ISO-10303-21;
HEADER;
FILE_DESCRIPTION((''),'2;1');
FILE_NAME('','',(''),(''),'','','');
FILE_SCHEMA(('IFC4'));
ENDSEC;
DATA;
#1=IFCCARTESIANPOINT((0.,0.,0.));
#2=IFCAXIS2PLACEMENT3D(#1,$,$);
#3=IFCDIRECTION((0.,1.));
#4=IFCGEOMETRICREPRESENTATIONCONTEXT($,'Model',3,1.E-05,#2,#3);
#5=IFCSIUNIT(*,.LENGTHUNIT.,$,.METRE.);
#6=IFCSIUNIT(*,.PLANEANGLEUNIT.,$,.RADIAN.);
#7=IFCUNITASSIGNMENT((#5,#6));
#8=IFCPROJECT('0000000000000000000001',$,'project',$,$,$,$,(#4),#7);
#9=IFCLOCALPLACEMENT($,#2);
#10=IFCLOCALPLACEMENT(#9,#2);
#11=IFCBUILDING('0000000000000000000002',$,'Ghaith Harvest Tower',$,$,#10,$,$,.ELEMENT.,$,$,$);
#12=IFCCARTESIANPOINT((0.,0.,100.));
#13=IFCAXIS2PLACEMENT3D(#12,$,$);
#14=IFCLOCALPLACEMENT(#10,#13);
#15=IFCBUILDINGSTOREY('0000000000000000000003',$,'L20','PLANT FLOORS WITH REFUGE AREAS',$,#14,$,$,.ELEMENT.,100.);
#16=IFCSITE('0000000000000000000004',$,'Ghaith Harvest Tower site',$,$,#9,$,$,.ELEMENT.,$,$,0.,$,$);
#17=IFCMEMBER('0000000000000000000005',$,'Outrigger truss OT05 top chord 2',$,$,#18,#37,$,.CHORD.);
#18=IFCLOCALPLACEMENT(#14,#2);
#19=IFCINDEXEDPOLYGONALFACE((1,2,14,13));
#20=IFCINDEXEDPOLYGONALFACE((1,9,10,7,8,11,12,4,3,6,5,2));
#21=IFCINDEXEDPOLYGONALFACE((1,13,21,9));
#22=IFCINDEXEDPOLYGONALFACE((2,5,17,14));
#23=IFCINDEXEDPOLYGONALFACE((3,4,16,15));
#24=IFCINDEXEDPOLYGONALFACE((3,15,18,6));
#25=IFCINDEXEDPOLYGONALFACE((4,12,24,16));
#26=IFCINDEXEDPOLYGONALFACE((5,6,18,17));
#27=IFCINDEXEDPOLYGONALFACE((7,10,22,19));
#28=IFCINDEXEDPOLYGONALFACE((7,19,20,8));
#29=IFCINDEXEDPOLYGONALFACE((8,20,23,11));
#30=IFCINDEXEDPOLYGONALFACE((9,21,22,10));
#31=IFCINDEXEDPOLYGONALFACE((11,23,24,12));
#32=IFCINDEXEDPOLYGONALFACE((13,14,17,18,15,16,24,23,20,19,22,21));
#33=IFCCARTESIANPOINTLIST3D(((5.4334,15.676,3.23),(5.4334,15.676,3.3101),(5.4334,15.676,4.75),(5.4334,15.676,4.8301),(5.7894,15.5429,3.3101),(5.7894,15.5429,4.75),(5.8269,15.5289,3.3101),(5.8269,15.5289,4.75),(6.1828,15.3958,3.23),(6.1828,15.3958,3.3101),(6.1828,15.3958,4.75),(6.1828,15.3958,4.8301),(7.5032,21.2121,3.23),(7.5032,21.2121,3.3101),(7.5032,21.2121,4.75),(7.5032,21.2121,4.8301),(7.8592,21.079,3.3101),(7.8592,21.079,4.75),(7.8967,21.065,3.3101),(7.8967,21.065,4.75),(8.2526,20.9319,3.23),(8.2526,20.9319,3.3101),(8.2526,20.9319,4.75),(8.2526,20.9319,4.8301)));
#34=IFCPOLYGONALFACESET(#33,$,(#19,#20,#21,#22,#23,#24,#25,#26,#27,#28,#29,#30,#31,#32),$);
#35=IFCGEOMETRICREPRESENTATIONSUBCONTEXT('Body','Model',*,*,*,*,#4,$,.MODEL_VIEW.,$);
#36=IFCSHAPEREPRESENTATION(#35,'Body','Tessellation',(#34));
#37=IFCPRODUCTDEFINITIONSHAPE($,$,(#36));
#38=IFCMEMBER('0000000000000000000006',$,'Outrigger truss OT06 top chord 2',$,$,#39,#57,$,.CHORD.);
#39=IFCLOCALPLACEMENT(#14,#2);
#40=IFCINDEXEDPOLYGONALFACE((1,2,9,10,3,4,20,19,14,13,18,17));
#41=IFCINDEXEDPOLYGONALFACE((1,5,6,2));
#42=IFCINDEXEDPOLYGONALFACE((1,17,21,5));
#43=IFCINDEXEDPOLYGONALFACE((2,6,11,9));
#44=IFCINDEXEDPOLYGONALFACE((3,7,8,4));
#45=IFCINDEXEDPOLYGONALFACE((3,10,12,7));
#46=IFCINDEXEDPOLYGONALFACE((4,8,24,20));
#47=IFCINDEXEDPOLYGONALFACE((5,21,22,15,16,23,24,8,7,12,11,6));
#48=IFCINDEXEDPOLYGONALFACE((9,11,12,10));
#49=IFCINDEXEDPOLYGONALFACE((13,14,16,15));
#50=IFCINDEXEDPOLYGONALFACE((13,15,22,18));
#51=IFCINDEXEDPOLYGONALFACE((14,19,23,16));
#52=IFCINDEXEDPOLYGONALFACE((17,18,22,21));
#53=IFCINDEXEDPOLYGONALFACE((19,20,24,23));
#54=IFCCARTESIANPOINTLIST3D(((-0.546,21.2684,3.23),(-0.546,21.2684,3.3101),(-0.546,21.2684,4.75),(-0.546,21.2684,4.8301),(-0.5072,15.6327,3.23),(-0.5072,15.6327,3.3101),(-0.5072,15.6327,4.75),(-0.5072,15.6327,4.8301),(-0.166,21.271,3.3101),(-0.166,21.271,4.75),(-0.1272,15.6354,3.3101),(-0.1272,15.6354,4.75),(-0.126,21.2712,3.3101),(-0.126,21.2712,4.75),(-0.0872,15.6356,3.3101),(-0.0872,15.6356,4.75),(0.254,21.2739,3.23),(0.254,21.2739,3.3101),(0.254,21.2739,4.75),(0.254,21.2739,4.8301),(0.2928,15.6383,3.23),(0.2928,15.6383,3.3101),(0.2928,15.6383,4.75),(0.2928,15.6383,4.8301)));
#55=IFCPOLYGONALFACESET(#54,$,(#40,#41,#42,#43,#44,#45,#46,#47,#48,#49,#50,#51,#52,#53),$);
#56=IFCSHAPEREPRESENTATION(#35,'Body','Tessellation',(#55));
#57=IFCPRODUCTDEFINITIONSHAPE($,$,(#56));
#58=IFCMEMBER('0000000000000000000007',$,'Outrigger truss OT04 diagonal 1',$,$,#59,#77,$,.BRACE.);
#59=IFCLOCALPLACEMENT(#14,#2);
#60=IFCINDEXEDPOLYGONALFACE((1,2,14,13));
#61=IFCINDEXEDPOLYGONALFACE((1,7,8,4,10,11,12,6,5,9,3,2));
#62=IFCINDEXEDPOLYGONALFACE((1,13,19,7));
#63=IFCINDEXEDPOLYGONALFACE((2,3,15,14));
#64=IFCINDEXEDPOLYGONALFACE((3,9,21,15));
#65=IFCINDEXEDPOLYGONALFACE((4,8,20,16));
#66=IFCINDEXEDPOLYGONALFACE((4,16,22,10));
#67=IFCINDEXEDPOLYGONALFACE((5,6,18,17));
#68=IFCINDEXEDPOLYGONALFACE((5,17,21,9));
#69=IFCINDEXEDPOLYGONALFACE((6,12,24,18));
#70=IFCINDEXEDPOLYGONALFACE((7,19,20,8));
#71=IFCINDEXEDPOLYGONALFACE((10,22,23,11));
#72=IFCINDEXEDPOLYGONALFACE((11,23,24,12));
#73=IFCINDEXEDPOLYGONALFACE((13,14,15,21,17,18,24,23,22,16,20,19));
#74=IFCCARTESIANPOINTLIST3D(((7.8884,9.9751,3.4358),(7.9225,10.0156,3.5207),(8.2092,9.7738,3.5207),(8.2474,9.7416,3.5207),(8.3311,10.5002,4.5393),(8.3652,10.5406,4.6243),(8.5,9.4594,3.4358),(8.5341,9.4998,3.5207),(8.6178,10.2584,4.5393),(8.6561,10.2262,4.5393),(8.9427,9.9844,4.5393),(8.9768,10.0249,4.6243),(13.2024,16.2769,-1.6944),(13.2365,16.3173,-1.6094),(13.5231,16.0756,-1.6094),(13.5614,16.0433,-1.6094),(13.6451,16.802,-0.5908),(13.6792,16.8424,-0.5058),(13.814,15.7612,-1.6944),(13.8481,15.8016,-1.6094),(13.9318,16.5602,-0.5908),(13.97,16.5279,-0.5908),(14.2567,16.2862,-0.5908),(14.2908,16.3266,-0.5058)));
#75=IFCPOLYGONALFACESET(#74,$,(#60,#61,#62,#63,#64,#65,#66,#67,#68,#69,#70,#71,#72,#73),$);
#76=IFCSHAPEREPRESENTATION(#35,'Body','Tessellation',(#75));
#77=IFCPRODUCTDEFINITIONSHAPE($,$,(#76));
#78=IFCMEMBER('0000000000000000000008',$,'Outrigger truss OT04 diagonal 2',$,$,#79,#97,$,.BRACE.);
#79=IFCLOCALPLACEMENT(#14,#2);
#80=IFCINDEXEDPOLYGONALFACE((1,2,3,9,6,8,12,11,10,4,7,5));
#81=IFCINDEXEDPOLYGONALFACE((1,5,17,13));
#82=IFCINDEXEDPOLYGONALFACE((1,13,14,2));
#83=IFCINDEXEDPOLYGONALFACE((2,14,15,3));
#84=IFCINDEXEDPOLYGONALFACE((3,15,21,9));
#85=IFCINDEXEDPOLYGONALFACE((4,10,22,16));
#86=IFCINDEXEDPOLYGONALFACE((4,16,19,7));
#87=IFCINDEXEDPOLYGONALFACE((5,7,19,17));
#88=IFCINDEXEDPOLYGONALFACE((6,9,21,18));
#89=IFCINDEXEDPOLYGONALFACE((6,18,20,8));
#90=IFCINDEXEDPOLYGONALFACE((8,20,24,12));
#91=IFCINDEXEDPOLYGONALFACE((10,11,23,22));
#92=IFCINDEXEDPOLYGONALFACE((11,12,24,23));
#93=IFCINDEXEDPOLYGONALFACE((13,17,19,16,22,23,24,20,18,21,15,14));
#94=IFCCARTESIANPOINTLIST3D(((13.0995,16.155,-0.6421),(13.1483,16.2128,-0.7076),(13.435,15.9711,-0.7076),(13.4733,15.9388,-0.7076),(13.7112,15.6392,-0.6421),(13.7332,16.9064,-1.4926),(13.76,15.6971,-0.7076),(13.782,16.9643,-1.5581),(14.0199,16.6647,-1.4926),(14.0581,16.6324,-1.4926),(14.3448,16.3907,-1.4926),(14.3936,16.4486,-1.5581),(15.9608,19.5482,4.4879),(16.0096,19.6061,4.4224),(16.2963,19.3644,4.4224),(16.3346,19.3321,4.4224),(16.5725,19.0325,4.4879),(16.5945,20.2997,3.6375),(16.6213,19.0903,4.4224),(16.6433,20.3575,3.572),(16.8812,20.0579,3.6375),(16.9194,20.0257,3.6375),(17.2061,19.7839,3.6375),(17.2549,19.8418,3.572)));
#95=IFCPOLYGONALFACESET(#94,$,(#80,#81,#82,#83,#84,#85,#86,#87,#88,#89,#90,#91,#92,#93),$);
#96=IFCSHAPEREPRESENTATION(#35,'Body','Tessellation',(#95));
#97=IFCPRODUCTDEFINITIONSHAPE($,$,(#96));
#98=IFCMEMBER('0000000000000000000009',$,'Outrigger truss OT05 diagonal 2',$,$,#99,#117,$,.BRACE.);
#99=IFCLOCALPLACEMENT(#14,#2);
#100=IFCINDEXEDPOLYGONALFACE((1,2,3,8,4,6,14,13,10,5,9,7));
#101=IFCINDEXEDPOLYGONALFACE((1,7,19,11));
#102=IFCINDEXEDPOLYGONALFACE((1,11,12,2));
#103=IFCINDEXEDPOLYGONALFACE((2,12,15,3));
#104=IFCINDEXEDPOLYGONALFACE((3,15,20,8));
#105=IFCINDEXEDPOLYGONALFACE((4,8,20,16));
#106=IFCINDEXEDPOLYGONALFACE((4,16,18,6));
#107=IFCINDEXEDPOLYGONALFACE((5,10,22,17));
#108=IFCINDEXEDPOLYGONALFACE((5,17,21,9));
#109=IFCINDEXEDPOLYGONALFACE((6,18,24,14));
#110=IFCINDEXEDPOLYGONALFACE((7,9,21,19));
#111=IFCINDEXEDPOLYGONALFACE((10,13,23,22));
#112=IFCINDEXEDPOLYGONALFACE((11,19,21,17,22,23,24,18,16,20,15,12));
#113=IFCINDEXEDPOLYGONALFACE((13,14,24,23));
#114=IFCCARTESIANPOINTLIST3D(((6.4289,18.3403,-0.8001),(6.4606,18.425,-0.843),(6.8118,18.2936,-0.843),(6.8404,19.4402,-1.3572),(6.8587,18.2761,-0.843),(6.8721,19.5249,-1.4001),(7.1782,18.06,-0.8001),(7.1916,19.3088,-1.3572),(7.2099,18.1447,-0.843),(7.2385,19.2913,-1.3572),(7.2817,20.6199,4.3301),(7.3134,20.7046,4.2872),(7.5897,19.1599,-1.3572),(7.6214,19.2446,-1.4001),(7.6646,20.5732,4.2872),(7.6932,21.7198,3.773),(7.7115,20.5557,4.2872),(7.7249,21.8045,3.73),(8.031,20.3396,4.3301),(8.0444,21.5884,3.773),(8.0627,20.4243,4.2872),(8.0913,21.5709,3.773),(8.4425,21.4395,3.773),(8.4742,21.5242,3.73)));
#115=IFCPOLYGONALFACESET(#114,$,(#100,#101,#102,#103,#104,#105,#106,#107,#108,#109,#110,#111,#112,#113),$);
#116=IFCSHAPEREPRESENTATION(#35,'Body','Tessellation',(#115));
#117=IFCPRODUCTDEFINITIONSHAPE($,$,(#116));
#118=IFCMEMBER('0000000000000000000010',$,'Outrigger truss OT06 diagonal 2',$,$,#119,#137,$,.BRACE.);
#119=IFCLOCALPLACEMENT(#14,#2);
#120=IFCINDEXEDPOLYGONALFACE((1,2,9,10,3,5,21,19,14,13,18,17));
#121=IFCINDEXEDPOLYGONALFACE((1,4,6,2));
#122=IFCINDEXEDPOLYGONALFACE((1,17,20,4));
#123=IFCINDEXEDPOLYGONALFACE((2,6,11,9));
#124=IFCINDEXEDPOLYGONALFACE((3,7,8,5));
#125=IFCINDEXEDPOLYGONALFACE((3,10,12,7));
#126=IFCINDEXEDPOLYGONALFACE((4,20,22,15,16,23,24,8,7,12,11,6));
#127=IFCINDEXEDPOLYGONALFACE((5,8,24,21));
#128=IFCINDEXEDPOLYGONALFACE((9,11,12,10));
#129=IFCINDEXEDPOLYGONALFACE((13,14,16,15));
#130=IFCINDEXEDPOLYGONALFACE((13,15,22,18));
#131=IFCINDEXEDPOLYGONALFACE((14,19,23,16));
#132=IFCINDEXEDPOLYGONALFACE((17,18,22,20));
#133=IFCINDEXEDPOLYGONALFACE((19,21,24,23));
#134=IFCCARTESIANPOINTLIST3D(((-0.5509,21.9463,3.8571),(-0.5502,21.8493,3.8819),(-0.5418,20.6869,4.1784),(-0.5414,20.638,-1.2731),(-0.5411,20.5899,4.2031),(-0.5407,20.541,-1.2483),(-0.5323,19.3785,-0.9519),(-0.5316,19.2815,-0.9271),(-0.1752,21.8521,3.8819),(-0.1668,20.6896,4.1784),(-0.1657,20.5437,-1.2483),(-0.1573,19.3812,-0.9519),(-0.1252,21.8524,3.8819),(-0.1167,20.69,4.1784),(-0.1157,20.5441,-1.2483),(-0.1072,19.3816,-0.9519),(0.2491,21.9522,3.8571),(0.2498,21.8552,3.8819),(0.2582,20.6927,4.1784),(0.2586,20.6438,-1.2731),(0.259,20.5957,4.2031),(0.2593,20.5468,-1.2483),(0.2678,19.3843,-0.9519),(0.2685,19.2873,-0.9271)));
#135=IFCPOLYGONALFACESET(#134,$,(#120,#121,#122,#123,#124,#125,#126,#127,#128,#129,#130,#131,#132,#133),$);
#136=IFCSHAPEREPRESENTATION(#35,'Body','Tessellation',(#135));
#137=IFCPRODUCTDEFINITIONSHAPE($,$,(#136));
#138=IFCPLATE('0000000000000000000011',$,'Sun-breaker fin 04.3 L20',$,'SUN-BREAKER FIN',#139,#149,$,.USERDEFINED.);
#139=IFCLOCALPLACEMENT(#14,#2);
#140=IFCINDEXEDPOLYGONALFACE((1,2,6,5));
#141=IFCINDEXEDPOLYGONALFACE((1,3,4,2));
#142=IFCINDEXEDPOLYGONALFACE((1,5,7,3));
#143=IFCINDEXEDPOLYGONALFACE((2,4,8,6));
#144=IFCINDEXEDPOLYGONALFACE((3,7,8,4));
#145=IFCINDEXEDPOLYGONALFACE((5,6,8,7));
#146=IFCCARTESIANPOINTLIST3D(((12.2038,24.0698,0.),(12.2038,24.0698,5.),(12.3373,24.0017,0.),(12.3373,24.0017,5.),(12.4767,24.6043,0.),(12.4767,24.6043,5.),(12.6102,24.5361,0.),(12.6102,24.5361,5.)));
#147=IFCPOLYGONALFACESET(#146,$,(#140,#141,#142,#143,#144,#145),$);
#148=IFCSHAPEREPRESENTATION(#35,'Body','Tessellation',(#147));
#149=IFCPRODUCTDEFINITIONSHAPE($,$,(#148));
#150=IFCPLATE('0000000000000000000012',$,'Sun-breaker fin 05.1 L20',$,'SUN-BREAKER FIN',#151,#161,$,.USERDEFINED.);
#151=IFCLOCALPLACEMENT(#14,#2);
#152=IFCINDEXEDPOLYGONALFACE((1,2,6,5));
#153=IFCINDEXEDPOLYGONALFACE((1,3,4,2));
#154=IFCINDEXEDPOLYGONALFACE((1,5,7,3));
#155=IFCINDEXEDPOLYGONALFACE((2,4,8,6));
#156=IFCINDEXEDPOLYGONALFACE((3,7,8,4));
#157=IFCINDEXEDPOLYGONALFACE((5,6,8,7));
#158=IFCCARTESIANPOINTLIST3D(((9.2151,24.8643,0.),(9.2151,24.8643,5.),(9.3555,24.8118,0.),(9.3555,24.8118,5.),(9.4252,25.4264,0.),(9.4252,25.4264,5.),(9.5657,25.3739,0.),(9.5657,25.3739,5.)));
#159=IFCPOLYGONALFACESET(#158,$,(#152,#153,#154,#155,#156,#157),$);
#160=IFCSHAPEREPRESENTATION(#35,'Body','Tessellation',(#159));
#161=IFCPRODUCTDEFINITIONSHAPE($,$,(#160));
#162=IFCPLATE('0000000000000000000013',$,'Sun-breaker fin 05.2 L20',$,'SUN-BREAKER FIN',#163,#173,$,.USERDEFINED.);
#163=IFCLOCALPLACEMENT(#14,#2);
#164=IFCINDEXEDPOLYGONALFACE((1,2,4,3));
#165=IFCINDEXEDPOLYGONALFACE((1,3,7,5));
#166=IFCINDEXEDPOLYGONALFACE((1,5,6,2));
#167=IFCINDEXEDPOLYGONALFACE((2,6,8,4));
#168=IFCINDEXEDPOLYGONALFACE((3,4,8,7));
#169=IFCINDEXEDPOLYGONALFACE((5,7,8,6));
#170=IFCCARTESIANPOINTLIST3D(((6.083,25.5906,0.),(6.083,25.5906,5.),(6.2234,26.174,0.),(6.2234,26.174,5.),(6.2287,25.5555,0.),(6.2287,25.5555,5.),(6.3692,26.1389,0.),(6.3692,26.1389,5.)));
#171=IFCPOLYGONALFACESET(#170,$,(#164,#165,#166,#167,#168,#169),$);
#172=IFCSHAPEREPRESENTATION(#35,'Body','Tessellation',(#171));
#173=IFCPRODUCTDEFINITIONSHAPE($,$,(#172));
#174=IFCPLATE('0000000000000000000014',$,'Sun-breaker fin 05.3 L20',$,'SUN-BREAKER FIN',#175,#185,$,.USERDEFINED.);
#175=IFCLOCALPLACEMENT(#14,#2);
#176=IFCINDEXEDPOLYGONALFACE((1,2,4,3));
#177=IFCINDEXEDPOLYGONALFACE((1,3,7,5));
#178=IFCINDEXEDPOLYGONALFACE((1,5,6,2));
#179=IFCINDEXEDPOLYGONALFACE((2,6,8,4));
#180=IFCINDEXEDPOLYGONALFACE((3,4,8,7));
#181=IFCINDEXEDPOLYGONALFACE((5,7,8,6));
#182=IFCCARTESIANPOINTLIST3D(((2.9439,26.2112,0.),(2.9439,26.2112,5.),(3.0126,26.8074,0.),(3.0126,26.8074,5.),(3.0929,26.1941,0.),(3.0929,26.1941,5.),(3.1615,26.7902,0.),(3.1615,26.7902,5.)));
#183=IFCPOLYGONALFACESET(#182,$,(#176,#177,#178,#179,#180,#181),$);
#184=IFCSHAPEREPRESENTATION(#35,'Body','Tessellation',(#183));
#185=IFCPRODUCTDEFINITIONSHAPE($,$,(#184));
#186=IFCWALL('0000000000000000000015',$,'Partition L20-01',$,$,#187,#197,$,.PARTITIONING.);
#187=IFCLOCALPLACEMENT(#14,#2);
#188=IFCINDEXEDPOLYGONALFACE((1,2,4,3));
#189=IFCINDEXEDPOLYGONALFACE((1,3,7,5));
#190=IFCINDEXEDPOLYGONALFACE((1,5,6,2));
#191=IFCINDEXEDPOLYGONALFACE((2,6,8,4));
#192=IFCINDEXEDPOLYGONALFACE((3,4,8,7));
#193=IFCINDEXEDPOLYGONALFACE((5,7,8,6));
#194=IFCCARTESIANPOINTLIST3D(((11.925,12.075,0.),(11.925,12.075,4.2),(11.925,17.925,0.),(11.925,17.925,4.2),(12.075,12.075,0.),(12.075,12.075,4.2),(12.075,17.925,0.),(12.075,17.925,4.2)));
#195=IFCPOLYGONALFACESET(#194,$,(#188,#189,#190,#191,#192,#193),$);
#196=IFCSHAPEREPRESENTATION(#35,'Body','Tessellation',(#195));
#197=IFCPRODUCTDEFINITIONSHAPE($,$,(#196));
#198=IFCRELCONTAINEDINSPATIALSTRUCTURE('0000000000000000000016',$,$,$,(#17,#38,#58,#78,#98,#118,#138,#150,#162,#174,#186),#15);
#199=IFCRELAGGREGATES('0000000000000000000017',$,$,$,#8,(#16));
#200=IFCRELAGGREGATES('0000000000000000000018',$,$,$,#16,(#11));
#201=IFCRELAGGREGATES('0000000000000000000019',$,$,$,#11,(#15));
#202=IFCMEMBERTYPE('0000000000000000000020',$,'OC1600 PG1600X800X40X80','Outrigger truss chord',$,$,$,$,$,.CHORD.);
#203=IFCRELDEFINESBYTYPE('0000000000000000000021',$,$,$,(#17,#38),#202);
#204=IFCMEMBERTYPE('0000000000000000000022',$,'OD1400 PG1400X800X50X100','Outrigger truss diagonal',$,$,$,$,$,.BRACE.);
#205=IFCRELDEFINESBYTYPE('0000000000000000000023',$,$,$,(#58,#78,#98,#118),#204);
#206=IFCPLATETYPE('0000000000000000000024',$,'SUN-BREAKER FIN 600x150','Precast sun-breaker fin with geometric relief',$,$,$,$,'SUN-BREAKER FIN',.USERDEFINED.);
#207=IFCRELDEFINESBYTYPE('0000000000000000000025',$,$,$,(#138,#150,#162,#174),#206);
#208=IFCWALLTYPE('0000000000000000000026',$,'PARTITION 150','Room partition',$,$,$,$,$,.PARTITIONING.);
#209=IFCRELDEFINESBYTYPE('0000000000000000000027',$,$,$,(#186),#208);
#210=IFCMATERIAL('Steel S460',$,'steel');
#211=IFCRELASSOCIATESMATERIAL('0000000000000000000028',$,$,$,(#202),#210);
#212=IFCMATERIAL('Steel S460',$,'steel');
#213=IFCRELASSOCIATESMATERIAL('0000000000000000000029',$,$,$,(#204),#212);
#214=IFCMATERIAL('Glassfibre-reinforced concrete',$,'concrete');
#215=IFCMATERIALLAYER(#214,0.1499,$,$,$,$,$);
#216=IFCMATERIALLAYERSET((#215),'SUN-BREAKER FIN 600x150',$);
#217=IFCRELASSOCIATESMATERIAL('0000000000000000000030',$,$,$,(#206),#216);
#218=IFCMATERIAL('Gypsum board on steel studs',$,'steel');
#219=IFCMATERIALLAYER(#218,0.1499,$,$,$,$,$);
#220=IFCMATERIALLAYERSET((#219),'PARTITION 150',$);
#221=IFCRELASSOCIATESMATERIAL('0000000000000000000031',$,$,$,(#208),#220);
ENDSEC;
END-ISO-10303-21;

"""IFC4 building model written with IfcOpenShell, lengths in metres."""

from ifc_helpers import new_model, si_unit, direction, frame, frame_2d, origin, origin_2d, place, context, subcontext, project, spatial, rectangle, i_section, extrude, material, layer, layer_set, material_profile, profile_set, type_object, element, save


model = new_model("IFC4")

# Units and contexts
model_context = context("Model", 3, precision=1e-05, world=origin(), true_north=direction((0.0, 1.0)))
body_context = subcontext(model_context, "Body", "Model", "MODEL_VIEW")
ifc_project = project(units=[si_unit("LENGTHUNIT", "METRE"), si_unit("PLANEANGLEUNIT", "RADIAN")], contexts=[model_context])

# Site, building, storey
site_placement = place(None, origin())
site = spatial("IfcSite", under=ifc_project, at=site_placement, Name="Ghaith Harvest Tower site", CompositionType="ELEMENT", RefElevation=0.0)
building_placement = place(site_placement, origin())
building = spatial("IfcBuilding", under=site, at=building_placement, Name="Ghaith Harvest Tower", CompositionType="ELEMENT")
storey_placement = place(building_placement, frame((0.0, 0.0, 100.0)))
storey = spatial("IfcBuildingStorey", under=building, at=storey_placement, Name="L20", Description="PLANT FLOORS WITH REFUGE AREAS", CompositionType="ELEMENT", Elevation=100.0)

# Members
ifc_material_1 = material(Name="Steel S460", Category="steel")
ifc_material_profile_1 = material_profile(ifc_material_1, i_section(OverallWidth=0.8, OverallDepth=1.6001, WebThickness=0.04, FlangeThickness=0.0801, at=origin_2d()), Name="PG1600X800X40X80")
ifc_profile_set_1 = profile_set([ifc_material_profile_1], Name="Steel S460")
member_type_1 = type_object("IfcMemberType", Name="OC1600 PG1600X800X40X80", Description="Outrigger truss chord", PredefinedType="CHORD", material=ifc_profile_set_1)
member_1_placement = place(storey_placement, frame((5.8081, 15.5359, 4.03), z_axis=(0.3502, 0.936675, 0.0), x_axis=(-0.936675, 0.3502, 0.0)))
element("IfcMember", 1, at=member_1_placement, inside=storey, type_object=member_type_1, Name="Outrigger truss OT05 top chord 2", PredefinedType="CHORD", context=body_context, shape_type="SweptSolid", body=[
    extrude(i_section(OverallWidth=0.8, OverallDepth=1.6001, WebThickness=0.04, FlangeThickness=0.0801, at=origin_2d()), origin(), (0.0, 0.0, 1.0), 5.9104),
])
member_2_placement = place(storey_placement, frame((-0.1072, 15.6355, 4.03), z_axis=(-0.006888, 0.999976, 0.0), x_axis=(-0.999976, -0.006888, 0.0)))
element("IfcMember", 2, at=member_2_placement, inside=storey, type_object=member_type_1, Name="Outrigger truss OT06 top chord 2", PredefinedType="CHORD", context=body_context, shape_type="SweptSolid", body=[
    extrude(i_section(OverallWidth=0.8, OverallDepth=1.6001, WebThickness=0.04, FlangeThickness=0.0801, at=origin_2d()), origin(), (0.0, 0.0, 1.0), 5.6357),
])
ifc_material_2 = material(Name="Steel S460", Category="steel")
ifc_material_profile_2 = material_profile(ifc_material_2, i_section(OverallWidth=0.8, OverallDepth=1.3999, WebThickness=0.05, FlangeThickness=0.1001, at=origin_2d()), Name="PG1400X800X50X100")
ifc_profile_set_2 = profile_set([ifc_material_profile_2], Name="Steel S460")
member_type_2 = type_object("IfcMemberType", Name="OD1400 PG1400X800X50X100", Description="Outrigger truss diagonal", PredefinedType="BRACE", material=ifc_profile_set_2)
member_3_placement = place(storey_placement, frame((8.4326, 10.0, 4.03), z_axis=(0.547312, 0.64905, -0.528378), x_axis=(-0.764479, 0.644648, 0.0)))
element("IfcMember", 3, at=member_3_placement, inside=storey, type_object=member_type_2, Name="Outrigger truss OT04 diagonal 1", PredefinedType="BRACE", context=body_context, shape_type="SweptSolid", body=[
    extrude(i_section(OverallWidth=0.8, OverallDepth=1.3999, WebThickness=0.05, FlangeThickness=0.1001, at=origin_2d()), origin(), (0.0, 0.0, 1.0), 9.7092),
])
member_4_placement = place(storey_placement, frame((13.7466, 16.3018, -1.1001), z_axis=(0.421788, 0.500208, 0.756232), x_axis=(-0.764489, 0.644637, 0.0)))
element("IfcMember", 4, at=member_4_placement, inside=storey, type_object=member_type_2, Name="Outrigger truss OT04 diagonal 2", PredefinedType="BRACE", context=body_context, shape_type="SweptSolid", body=[
    extrude(i_section(OverallWidth=0.8, OverallDepth=1.3999, WebThickness=0.05, FlangeThickness=0.1001, at=origin_2d()), origin(), (0.0, 0.0, 1.0), 6.7837),
])
member_5_placement = place(storey_placement, frame((7.0251, 18.7925, -1.1001), z_axis=(0.150186, 0.401456, 0.903481), x_axis=(-0.936605, 0.350387, 0.0)))
element("IfcMember", 5, at=member_5_placement, inside=storey, type_object=member_type_2, Name="Outrigger truss OT05 diagonal 2", PredefinedType="BRACE", context=body_context, shape_type="SweptSolid", body=[
    extrude(i_section(OverallWidth=0.8, OverallDepth=1.3999, WebThickness=0.05, FlangeThickness=0.1001, at=origin_2d()), origin(), (0.0, 0.0, 1.0), 5.6782),
])
member_6_placement = place(storey_placement, frame((-0.1365, 19.9626, -1.1001), z_axis=(-0.001798, 0.247122, 0.968983), x_axis=(-0.999974, -0.007277, 0.0)))
element("IfcMember", 6, at=member_6_placement, inside=storey, type_object=member_type_2, Name="Outrigger truss OT06 diagonal 2", PredefinedType="BRACE", context=body_context, shape_type="SweptSolid", body=[
    extrude(i_section(OverallWidth=0.8, OverallDepth=1.3999, WebThickness=0.05, FlangeThickness=0.1001, at=origin_2d()), origin(), (0.0, 0.0, 1.0), 5.2944),
])

# Plates
ifc_material_3 = material(Name="Glassfibre-reinforced concrete", Category="concrete")
ifc_layer_1 = layer(ifc_material_3, 0.1499)
ifc_layer_set_1 = layer_set([ifc_layer_1], Name="SUN-BREAKER FIN 600x150")
plate_type = type_object("IfcPlateType", Name="SUN-BREAKER FIN 600x150", Description="Precast sun-breaker fin with geometric relief", ElementType="SUN-BREAKER FIN", PredefinedType="USERDEFINED", material=ifc_layer_set_1)
for number, where, z_axis, x_axis, name in (
    (7, (12.407, 24.303, 0.0), (0.0, 0.0, 1.0), (0.454691, 0.890649, 0.0), "Sun-breaker fin 04.3 L20"),
    (8, (9.3904, 25.1191, 0.0), (0.0, 0.0, 1.0), (0.350168, 0.936687, 0.0), "Sun-breaker fin 05.1 L20"),
    (9, (6.2261, 25.8647, 0.0), (0.0, 0.0, 1.0), (0.234028, 0.97223, 0.0), "Sun-breaker fin 05.2 L20"),
    (10, (3.0527, 26.5007, 0.0), (0.0, 0.0, 1.0), (0.114436, 0.993431, 0.0), "Sun-breaker fin 05.3 L20"),
):
    element("IfcPlate", number, at=place(storey_placement, frame(where, z_axis=z_axis, x_axis=x_axis)), inside=storey, type_object=plate_type, Name=name, ObjectType="SUN-BREAKER FIN", PredefinedType="USERDEFINED", context=body_context, shape_type="SweptSolid", body=[
        extrude(rectangle(XDim=0.6001, YDim=0.1499, at=origin_2d()), origin(), (0.0, 0.0, 1.0), 5.0),
    ])

# Wall
ifc_material_4 = material(Name="Gypsum board on steel studs", Category="steel")
ifc_layer_2 = layer(ifc_material_4, 0.1499)
ifc_layer_set_2 = layer_set([ifc_layer_2], Name="PARTITION 150")
wall_type_1 = type_object("IfcWallType", Name="PARTITION 150", Description="Room partition", PredefinedType="PARTITIONING", material=ifc_layer_set_2)
wall_1_placement = place(storey_placement, frame((12.0, 12.075, 0.0), z_axis=(0.0, 0.0, 1.0), x_axis=(0.0, 1.0, 0.0)))
element("IfcWall", 11, at=wall_1_placement, inside=storey, type_object=wall_type_1, Name="Partition L20-01", PredefinedType="PARTITIONING", context=body_context, shape_type="SweptSolid", body=[
    extrude(rectangle(XDim=5.8501, YDim=0.1499, at=frame_2d((2.925, 0.0))), origin(), (0.0, 0.0, 1.0), 4.2),
])

save(model, "model.ifc")
